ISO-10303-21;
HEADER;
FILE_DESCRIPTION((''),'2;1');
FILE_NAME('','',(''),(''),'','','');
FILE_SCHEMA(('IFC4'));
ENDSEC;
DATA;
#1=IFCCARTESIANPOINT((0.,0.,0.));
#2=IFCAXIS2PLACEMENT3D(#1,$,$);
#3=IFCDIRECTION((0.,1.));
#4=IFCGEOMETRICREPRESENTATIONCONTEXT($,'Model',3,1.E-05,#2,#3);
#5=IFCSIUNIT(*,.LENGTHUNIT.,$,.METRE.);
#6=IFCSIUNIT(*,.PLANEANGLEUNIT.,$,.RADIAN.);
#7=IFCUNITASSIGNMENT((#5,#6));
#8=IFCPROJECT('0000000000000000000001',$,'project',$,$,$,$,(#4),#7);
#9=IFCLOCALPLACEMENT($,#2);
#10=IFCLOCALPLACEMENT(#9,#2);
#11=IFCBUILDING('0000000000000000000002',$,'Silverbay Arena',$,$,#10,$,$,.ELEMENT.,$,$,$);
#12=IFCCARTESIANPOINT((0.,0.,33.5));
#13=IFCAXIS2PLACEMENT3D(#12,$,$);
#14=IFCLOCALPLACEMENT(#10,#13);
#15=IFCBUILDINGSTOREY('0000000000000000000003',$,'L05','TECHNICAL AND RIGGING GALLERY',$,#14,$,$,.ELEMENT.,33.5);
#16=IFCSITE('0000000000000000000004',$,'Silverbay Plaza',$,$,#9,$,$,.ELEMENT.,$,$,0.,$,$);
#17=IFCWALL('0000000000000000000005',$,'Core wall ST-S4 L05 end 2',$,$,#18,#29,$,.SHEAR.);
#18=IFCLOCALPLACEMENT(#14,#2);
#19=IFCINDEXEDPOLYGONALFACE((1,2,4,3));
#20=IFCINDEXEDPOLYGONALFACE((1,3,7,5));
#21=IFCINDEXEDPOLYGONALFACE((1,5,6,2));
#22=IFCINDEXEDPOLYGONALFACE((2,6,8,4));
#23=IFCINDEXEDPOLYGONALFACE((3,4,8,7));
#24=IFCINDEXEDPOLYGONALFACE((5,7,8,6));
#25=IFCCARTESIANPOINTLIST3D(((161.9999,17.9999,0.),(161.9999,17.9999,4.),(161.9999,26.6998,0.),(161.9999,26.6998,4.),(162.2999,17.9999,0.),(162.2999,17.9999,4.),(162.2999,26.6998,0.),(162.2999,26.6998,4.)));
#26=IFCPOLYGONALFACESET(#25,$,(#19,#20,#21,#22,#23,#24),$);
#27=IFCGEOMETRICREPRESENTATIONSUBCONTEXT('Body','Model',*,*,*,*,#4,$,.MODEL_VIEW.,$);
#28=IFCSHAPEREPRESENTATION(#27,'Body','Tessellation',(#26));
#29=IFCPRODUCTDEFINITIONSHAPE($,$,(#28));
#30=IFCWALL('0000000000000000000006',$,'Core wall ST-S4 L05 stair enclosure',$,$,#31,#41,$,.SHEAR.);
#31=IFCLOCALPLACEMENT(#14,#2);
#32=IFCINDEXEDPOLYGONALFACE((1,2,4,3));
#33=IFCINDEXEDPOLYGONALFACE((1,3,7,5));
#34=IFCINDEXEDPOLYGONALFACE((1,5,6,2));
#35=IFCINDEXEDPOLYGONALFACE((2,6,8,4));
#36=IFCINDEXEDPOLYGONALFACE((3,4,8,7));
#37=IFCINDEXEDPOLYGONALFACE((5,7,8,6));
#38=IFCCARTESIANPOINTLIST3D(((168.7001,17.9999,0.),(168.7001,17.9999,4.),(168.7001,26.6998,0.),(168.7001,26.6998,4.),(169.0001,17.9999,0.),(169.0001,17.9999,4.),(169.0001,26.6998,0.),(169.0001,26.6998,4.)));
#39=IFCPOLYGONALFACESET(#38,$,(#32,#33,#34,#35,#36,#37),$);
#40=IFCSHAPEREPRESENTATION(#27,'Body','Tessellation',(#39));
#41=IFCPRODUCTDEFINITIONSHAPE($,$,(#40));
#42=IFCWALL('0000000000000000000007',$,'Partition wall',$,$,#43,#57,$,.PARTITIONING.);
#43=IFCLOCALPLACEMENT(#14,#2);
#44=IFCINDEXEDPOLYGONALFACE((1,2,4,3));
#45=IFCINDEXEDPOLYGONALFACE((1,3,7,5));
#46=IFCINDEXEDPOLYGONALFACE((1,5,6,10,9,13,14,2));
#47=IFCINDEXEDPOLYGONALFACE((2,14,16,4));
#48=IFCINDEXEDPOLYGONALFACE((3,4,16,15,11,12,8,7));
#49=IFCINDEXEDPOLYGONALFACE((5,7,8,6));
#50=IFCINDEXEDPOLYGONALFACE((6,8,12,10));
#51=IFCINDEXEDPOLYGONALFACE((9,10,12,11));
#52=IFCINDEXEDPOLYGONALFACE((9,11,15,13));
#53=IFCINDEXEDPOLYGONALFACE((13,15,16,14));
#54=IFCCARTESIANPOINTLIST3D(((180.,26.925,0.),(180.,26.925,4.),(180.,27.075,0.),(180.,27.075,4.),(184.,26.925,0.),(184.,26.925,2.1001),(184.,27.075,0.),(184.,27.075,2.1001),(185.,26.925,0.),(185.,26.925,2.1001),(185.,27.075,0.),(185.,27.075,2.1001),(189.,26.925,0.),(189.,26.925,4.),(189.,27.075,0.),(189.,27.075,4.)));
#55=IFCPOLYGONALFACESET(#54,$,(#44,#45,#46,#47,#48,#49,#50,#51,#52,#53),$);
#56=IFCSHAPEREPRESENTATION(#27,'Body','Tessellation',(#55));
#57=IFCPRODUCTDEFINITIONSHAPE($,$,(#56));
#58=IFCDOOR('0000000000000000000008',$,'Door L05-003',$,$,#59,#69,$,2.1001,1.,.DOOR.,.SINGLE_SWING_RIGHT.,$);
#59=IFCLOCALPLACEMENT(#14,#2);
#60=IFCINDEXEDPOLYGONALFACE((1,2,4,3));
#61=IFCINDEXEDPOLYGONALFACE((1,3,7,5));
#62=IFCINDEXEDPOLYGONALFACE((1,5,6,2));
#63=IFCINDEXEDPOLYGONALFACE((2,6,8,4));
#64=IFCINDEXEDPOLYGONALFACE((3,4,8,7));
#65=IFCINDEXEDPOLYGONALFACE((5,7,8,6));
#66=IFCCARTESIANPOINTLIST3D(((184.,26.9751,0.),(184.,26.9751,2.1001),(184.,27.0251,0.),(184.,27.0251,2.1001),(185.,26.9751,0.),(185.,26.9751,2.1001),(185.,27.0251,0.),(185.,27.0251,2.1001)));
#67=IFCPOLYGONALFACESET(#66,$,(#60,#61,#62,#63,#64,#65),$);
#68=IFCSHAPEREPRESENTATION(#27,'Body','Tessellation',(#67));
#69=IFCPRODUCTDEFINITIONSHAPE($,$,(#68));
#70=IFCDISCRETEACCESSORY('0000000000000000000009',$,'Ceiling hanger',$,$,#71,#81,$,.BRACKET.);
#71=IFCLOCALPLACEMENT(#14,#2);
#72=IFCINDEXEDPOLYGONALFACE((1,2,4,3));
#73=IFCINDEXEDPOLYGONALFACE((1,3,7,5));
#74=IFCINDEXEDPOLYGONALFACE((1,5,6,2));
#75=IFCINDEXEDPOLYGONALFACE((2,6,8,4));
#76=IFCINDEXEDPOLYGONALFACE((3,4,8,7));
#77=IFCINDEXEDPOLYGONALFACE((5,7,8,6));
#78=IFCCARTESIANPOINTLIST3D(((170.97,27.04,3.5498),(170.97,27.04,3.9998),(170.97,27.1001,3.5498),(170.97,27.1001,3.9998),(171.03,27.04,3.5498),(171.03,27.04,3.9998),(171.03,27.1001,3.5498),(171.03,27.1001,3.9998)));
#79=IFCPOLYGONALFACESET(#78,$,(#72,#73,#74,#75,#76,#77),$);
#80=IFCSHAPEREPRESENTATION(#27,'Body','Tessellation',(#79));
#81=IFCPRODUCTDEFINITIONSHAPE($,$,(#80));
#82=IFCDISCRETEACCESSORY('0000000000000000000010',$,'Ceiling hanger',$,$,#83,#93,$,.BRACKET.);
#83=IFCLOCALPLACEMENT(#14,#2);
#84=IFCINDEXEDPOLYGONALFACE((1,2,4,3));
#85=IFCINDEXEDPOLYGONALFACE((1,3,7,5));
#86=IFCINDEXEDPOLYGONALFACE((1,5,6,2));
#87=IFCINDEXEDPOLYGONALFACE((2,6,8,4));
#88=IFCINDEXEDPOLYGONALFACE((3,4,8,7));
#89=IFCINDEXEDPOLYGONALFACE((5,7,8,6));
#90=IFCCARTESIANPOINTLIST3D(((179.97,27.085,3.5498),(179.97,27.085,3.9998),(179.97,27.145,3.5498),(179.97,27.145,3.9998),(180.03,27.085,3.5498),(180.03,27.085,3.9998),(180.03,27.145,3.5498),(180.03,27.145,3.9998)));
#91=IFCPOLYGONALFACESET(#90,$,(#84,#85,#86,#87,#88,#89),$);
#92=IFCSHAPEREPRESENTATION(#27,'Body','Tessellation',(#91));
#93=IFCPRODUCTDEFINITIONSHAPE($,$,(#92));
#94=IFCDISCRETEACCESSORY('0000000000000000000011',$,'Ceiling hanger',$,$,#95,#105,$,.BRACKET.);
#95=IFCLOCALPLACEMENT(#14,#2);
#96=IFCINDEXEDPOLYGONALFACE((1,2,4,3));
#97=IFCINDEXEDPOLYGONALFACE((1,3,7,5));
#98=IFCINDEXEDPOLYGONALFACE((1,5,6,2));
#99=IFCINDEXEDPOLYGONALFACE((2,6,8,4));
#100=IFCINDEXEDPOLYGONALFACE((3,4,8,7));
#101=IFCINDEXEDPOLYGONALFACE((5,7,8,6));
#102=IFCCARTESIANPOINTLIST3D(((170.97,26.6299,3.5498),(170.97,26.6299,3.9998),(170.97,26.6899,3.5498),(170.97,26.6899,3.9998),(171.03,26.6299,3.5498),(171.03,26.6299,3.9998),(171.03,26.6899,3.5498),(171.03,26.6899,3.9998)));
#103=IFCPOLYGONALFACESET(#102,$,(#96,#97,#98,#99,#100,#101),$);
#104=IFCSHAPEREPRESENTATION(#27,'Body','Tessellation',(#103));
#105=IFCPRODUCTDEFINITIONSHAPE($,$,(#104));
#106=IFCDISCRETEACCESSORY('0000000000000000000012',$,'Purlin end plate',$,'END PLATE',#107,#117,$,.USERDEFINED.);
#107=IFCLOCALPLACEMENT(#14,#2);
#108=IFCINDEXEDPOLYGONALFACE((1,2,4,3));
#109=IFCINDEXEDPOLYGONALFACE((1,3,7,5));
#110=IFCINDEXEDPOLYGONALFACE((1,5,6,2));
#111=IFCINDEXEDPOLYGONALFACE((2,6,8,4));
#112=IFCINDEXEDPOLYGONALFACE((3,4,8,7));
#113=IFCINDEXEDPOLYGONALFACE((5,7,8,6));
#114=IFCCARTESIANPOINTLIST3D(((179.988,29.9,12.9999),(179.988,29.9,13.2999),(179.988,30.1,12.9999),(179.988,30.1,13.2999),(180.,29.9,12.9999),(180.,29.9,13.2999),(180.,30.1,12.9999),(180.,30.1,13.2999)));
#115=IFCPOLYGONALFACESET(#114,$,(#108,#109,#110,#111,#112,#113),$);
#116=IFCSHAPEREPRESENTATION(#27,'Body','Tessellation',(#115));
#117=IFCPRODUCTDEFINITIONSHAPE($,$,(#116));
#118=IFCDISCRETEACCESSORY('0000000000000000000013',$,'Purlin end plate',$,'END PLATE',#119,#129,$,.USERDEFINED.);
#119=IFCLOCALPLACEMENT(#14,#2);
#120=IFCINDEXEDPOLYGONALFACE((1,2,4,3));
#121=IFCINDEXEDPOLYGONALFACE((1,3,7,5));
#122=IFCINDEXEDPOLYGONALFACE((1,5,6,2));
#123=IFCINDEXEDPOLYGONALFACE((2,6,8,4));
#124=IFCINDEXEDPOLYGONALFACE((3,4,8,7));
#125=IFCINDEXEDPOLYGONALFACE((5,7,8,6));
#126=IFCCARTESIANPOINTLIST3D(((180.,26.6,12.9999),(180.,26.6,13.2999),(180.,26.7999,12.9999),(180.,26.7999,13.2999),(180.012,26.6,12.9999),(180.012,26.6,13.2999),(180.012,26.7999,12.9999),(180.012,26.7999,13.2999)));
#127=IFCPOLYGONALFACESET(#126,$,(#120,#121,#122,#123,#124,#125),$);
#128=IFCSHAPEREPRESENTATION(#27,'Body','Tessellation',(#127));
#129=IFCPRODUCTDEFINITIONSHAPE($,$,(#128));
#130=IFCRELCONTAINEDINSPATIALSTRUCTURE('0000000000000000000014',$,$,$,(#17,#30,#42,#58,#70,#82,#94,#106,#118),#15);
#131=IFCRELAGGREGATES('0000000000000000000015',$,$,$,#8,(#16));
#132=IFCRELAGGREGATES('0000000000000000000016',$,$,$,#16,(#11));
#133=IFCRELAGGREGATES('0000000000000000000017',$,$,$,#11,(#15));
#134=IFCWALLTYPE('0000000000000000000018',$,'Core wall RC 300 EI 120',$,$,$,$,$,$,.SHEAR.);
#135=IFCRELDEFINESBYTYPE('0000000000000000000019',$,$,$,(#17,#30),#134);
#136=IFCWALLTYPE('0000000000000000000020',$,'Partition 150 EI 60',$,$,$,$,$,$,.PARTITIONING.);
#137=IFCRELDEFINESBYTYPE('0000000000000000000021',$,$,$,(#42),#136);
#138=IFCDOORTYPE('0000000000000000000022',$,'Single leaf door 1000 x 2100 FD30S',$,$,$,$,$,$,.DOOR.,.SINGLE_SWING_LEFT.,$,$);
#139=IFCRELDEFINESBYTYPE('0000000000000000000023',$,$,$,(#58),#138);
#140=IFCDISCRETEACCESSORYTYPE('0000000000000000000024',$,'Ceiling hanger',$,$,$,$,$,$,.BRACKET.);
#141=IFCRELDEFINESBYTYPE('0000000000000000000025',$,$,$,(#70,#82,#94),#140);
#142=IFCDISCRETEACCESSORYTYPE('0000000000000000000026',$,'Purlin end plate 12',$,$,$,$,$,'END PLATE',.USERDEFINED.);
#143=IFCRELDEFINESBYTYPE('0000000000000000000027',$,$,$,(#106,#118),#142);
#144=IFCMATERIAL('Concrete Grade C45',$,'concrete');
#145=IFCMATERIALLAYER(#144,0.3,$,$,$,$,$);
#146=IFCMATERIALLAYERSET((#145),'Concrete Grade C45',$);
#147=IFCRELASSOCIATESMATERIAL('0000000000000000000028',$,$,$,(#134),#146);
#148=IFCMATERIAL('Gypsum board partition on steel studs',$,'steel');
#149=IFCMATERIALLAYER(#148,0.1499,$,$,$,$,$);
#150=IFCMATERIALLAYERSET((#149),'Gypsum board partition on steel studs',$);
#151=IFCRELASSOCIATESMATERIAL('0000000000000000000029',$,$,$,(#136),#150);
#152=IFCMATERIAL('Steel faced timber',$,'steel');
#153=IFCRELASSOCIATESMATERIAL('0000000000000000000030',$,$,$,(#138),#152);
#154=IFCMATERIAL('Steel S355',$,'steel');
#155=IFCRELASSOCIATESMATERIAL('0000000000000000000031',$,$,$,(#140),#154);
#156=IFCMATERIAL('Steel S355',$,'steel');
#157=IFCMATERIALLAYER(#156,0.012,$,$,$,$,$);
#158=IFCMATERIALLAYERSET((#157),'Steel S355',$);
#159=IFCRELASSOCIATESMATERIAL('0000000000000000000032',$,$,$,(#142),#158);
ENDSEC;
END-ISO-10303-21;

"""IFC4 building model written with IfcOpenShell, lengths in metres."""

from ifc_helpers import new_model, si_unit, direction, frame, frame_2d, origin, origin_2d, place, context, subcontext, project, spatial, rectangle, extrude, material, layer, layer_set, type_object, element, fill, save


model = new_model("IFC4")

# Units and contexts
model_context = context("Model", 3, precision=1e-05, world=origin(), true_north=direction((0.0, 1.0)))
body_context = subcontext(model_context, "Body", "Model", "MODEL_VIEW")
ifc_project = project(units=[si_unit("LENGTHUNIT", "METRE"), si_unit("PLANEANGLEUNIT", "RADIAN")], contexts=[model_context])

# Site, building, storey
site_placement = place(None, origin())
site = spatial("IfcSite", under=ifc_project, at=site_placement, Name="Silverbay Plaza", CompositionType="ELEMENT", RefElevation=0.0)
building_placement = place(site_placement, origin())
building = spatial("IfcBuilding", under=site, at=building_placement, Name="Silverbay Arena", CompositionType="ELEMENT")
storey_placement = place(building_placement, frame((0.0, 0.0, 33.5)))
storey = spatial("IfcBuildingStorey", under=building, at=storey_placement, Name="L05", Description="TECHNICAL AND RIGGING GALLERY", CompositionType="ELEMENT", Elevation=33.5)

# Shared definitions
ifc_material_1 = material(Name="Concrete Grade C45", Category="concrete")
ifc_layer_1 = layer(ifc_material_1, 0.3)
ifc_layer_set_1 = layer_set([ifc_layer_1], Name="Concrete Grade C45")
wall_type_1 = type_object("IfcWallType", Name="Core wall RC 300 EI 120", PredefinedType="SHEAR", material=ifc_layer_set_1)

# Walls
for number, where, z_axis, x_axis, name in (
    (1, (162.1499, 26.7, 0.0), (0.0, 0.0, 1.0), (0.0, -1.0, 0.0), "Core wall ST-S4 L05 end 2"),
    (2, (168.8501, 26.7, 0.0), (0.0, 0.0, 1.0), (0.0, -1.0, 0.0), "Core wall ST-S4 L05 stair enclosure"),
):
    element("IfcWall", number, at=place(storey_placement, frame(where, z_axis=z_axis, x_axis=x_axis)), inside=storey, type_object=wall_type_1, Name=name, PredefinedType="SHEAR", context=body_context, shape_type="SweptSolid", body=[
        extrude(rectangle(XDim=8.7, YDim=0.3, at=frame_2d((4.3501, 0.0))), origin(), (0.0, 0.0, 1.0), 4.0),
    ])

# Wall, opening, door
ifc_material_2 = material(Name="Gypsum board partition on steel studs", Category="steel")
ifc_layer_2 = layer(ifc_material_2, 0.1499)
ifc_layer_set_2 = layer_set([ifc_layer_2], Name="Gypsum board partition on steel studs")
wall_type_2 = type_object("IfcWallType", Name="Partition 150 EI 60", PredefinedType="PARTITIONING", material=ifc_layer_set_2)
wall_1_placement = place(storey_placement, frame((180.0, 27.0, 0.0), z_axis=(0.0, 0.0, 1.0), x_axis=(1.0, 0.0, 0.0)))
wall_1 = element("IfcWall", 3, at=wall_1_placement, inside=storey, type_object=wall_type_2, Name="Partition wall", PredefinedType="PARTITIONING", context=body_context, shape_type="SweptSolid", body=[
    extrude(rectangle(XDim=9.0, YDim=0.1499, at=frame_2d((4.5, 0.0))), origin(), (0.0, 0.0, 1.0), 4.0),
])
opening_1_placement = place(wall_1_placement, frame((4.0, 0.0, 0.0)))
opening_1 = element("IfcOpeningElement", 4, at=opening_1_placement, cuts=wall_1, PredefinedType="OPENING", context=body_context, shape_type="SweptSolid", body=[
    extrude(rectangle(XDim=1.0, YDim=2.1001, at=frame_2d((0.5, 1.05))), frame((0.0, 0.085, 0.0), z_axis=(0.0, -1.0, 0.0), x_axis=(1.0, 0.0, 0.0)), (0.0, 0.0, 1.0), 0.1699),
])
ifc_material_3 = material(Name="Steel faced timber", Category="steel")
door_type_1 = type_object("IfcDoorType", Name="Single leaf door 1000 x 2100 FD30S", OperationType="SINGLE_SWING_LEFT", PredefinedType="DOOR", material=ifc_material_3)
door_1_placement = place(opening_1_placement, frame((1.0, 0.0, 0.0), z_axis=(0.0, 0.0, 1.0), x_axis=(-1.0, 0.0, 0.0)))
door_1 = element("IfcDoor", 5, at=door_1_placement, inside=storey, type_object=door_type_1, Name="Door L05-003", OperationType="SINGLE_SWING_RIGHT", OverallHeight=2.1001, OverallWidth=1.0, PredefinedType="DOOR", context=body_context, shape_type="SweptSolid", body=[
    extrude(rectangle(XDim=1.0, YDim=2.1001, at=frame_2d((0.5, 1.05))), frame((0.0, 0.0249, 0.0), z_axis=(0.0, -1.0, 0.0), x_axis=(1.0, 0.0, 0.0)), (0.0, 0.0, 1.0), 0.05),
])
fill(opening_1, door_1)

# Discrete accessories
ifc_material_4 = material(Name="Steel S355", Category="steel")
discrete_accessory_type_1 = type_object("IfcDiscreteAccessoryType", Name="Ceiling hanger", PredefinedType="BRACKET", material=ifc_material_4)
for number, where, z_axis, x_axis, name in (
    (6, (171.0, 27.0701, 3.5498), (0.0, 0.0, 1.0), (1.0, 0.0, 0.0), "Ceiling hanger"),
    (7, (180.0, 27.115, 3.5498), (0.0, 0.0, 1.0), (1.0, 0.0, 0.0), "Ceiling hanger"),
    (8, (171.0, 26.6599, 3.5498), (0.0, 0.0, 1.0), (1.0, 0.0, 0.0), "Ceiling hanger"),
):
    element("IfcDiscreteAccessory", number, at=place(storey_placement, frame(where, z_axis=z_axis, x_axis=x_axis)), inside=storey, type_object=discrete_accessory_type_1, Name=name, PredefinedType="BRACKET", context=body_context, shape_type="SweptSolid", body=[
        extrude(rectangle(XDim=0.0601, YDim=0.0601, at=origin_2d()), origin(), (0.0, 0.0, 1.0), 0.45),
    ])
ifc_material_5 = material(Name="Steel S355", Category="steel")
ifc_layer_3 = layer(ifc_material_5, 0.012)
ifc_layer_set_3 = layer_set([ifc_layer_3], Name="Steel S355")
discrete_accessory_type_2 = type_object("IfcDiscreteAccessoryType", Name="Purlin end plate 12", ElementType="END PLATE", PredefinedType="USERDEFINED", material=ifc_layer_set_3)
for number, where, z_axis, x_axis, name in (
    (9, (180.0, 30.0, 13.1499), (-1.0, 0.0, 0.0), (0.0, -1.0, 0.0), "Purlin end plate"),
    (10, (180.0, 26.7, 13.1499), (1.0, 0.0, 0.0), (0.0, 1.0, 0.0), "Purlin end plate"),
):
    element("IfcDiscreteAccessory", number, at=place(storey_placement, frame(where, z_axis=z_axis, x_axis=x_axis)), inside=storey, type_object=discrete_accessory_type_2, Name=name, ObjectType="END PLATE", PredefinedType="USERDEFINED", context=body_context, shape_type="SweptSolid", body=[
        extrude(rectangle(XDim=0.2, YDim=0.3, at=origin_2d()), origin(), (0.0, 0.0, 1.0), 0.012),
    ])

save(model, "model.ifc")
